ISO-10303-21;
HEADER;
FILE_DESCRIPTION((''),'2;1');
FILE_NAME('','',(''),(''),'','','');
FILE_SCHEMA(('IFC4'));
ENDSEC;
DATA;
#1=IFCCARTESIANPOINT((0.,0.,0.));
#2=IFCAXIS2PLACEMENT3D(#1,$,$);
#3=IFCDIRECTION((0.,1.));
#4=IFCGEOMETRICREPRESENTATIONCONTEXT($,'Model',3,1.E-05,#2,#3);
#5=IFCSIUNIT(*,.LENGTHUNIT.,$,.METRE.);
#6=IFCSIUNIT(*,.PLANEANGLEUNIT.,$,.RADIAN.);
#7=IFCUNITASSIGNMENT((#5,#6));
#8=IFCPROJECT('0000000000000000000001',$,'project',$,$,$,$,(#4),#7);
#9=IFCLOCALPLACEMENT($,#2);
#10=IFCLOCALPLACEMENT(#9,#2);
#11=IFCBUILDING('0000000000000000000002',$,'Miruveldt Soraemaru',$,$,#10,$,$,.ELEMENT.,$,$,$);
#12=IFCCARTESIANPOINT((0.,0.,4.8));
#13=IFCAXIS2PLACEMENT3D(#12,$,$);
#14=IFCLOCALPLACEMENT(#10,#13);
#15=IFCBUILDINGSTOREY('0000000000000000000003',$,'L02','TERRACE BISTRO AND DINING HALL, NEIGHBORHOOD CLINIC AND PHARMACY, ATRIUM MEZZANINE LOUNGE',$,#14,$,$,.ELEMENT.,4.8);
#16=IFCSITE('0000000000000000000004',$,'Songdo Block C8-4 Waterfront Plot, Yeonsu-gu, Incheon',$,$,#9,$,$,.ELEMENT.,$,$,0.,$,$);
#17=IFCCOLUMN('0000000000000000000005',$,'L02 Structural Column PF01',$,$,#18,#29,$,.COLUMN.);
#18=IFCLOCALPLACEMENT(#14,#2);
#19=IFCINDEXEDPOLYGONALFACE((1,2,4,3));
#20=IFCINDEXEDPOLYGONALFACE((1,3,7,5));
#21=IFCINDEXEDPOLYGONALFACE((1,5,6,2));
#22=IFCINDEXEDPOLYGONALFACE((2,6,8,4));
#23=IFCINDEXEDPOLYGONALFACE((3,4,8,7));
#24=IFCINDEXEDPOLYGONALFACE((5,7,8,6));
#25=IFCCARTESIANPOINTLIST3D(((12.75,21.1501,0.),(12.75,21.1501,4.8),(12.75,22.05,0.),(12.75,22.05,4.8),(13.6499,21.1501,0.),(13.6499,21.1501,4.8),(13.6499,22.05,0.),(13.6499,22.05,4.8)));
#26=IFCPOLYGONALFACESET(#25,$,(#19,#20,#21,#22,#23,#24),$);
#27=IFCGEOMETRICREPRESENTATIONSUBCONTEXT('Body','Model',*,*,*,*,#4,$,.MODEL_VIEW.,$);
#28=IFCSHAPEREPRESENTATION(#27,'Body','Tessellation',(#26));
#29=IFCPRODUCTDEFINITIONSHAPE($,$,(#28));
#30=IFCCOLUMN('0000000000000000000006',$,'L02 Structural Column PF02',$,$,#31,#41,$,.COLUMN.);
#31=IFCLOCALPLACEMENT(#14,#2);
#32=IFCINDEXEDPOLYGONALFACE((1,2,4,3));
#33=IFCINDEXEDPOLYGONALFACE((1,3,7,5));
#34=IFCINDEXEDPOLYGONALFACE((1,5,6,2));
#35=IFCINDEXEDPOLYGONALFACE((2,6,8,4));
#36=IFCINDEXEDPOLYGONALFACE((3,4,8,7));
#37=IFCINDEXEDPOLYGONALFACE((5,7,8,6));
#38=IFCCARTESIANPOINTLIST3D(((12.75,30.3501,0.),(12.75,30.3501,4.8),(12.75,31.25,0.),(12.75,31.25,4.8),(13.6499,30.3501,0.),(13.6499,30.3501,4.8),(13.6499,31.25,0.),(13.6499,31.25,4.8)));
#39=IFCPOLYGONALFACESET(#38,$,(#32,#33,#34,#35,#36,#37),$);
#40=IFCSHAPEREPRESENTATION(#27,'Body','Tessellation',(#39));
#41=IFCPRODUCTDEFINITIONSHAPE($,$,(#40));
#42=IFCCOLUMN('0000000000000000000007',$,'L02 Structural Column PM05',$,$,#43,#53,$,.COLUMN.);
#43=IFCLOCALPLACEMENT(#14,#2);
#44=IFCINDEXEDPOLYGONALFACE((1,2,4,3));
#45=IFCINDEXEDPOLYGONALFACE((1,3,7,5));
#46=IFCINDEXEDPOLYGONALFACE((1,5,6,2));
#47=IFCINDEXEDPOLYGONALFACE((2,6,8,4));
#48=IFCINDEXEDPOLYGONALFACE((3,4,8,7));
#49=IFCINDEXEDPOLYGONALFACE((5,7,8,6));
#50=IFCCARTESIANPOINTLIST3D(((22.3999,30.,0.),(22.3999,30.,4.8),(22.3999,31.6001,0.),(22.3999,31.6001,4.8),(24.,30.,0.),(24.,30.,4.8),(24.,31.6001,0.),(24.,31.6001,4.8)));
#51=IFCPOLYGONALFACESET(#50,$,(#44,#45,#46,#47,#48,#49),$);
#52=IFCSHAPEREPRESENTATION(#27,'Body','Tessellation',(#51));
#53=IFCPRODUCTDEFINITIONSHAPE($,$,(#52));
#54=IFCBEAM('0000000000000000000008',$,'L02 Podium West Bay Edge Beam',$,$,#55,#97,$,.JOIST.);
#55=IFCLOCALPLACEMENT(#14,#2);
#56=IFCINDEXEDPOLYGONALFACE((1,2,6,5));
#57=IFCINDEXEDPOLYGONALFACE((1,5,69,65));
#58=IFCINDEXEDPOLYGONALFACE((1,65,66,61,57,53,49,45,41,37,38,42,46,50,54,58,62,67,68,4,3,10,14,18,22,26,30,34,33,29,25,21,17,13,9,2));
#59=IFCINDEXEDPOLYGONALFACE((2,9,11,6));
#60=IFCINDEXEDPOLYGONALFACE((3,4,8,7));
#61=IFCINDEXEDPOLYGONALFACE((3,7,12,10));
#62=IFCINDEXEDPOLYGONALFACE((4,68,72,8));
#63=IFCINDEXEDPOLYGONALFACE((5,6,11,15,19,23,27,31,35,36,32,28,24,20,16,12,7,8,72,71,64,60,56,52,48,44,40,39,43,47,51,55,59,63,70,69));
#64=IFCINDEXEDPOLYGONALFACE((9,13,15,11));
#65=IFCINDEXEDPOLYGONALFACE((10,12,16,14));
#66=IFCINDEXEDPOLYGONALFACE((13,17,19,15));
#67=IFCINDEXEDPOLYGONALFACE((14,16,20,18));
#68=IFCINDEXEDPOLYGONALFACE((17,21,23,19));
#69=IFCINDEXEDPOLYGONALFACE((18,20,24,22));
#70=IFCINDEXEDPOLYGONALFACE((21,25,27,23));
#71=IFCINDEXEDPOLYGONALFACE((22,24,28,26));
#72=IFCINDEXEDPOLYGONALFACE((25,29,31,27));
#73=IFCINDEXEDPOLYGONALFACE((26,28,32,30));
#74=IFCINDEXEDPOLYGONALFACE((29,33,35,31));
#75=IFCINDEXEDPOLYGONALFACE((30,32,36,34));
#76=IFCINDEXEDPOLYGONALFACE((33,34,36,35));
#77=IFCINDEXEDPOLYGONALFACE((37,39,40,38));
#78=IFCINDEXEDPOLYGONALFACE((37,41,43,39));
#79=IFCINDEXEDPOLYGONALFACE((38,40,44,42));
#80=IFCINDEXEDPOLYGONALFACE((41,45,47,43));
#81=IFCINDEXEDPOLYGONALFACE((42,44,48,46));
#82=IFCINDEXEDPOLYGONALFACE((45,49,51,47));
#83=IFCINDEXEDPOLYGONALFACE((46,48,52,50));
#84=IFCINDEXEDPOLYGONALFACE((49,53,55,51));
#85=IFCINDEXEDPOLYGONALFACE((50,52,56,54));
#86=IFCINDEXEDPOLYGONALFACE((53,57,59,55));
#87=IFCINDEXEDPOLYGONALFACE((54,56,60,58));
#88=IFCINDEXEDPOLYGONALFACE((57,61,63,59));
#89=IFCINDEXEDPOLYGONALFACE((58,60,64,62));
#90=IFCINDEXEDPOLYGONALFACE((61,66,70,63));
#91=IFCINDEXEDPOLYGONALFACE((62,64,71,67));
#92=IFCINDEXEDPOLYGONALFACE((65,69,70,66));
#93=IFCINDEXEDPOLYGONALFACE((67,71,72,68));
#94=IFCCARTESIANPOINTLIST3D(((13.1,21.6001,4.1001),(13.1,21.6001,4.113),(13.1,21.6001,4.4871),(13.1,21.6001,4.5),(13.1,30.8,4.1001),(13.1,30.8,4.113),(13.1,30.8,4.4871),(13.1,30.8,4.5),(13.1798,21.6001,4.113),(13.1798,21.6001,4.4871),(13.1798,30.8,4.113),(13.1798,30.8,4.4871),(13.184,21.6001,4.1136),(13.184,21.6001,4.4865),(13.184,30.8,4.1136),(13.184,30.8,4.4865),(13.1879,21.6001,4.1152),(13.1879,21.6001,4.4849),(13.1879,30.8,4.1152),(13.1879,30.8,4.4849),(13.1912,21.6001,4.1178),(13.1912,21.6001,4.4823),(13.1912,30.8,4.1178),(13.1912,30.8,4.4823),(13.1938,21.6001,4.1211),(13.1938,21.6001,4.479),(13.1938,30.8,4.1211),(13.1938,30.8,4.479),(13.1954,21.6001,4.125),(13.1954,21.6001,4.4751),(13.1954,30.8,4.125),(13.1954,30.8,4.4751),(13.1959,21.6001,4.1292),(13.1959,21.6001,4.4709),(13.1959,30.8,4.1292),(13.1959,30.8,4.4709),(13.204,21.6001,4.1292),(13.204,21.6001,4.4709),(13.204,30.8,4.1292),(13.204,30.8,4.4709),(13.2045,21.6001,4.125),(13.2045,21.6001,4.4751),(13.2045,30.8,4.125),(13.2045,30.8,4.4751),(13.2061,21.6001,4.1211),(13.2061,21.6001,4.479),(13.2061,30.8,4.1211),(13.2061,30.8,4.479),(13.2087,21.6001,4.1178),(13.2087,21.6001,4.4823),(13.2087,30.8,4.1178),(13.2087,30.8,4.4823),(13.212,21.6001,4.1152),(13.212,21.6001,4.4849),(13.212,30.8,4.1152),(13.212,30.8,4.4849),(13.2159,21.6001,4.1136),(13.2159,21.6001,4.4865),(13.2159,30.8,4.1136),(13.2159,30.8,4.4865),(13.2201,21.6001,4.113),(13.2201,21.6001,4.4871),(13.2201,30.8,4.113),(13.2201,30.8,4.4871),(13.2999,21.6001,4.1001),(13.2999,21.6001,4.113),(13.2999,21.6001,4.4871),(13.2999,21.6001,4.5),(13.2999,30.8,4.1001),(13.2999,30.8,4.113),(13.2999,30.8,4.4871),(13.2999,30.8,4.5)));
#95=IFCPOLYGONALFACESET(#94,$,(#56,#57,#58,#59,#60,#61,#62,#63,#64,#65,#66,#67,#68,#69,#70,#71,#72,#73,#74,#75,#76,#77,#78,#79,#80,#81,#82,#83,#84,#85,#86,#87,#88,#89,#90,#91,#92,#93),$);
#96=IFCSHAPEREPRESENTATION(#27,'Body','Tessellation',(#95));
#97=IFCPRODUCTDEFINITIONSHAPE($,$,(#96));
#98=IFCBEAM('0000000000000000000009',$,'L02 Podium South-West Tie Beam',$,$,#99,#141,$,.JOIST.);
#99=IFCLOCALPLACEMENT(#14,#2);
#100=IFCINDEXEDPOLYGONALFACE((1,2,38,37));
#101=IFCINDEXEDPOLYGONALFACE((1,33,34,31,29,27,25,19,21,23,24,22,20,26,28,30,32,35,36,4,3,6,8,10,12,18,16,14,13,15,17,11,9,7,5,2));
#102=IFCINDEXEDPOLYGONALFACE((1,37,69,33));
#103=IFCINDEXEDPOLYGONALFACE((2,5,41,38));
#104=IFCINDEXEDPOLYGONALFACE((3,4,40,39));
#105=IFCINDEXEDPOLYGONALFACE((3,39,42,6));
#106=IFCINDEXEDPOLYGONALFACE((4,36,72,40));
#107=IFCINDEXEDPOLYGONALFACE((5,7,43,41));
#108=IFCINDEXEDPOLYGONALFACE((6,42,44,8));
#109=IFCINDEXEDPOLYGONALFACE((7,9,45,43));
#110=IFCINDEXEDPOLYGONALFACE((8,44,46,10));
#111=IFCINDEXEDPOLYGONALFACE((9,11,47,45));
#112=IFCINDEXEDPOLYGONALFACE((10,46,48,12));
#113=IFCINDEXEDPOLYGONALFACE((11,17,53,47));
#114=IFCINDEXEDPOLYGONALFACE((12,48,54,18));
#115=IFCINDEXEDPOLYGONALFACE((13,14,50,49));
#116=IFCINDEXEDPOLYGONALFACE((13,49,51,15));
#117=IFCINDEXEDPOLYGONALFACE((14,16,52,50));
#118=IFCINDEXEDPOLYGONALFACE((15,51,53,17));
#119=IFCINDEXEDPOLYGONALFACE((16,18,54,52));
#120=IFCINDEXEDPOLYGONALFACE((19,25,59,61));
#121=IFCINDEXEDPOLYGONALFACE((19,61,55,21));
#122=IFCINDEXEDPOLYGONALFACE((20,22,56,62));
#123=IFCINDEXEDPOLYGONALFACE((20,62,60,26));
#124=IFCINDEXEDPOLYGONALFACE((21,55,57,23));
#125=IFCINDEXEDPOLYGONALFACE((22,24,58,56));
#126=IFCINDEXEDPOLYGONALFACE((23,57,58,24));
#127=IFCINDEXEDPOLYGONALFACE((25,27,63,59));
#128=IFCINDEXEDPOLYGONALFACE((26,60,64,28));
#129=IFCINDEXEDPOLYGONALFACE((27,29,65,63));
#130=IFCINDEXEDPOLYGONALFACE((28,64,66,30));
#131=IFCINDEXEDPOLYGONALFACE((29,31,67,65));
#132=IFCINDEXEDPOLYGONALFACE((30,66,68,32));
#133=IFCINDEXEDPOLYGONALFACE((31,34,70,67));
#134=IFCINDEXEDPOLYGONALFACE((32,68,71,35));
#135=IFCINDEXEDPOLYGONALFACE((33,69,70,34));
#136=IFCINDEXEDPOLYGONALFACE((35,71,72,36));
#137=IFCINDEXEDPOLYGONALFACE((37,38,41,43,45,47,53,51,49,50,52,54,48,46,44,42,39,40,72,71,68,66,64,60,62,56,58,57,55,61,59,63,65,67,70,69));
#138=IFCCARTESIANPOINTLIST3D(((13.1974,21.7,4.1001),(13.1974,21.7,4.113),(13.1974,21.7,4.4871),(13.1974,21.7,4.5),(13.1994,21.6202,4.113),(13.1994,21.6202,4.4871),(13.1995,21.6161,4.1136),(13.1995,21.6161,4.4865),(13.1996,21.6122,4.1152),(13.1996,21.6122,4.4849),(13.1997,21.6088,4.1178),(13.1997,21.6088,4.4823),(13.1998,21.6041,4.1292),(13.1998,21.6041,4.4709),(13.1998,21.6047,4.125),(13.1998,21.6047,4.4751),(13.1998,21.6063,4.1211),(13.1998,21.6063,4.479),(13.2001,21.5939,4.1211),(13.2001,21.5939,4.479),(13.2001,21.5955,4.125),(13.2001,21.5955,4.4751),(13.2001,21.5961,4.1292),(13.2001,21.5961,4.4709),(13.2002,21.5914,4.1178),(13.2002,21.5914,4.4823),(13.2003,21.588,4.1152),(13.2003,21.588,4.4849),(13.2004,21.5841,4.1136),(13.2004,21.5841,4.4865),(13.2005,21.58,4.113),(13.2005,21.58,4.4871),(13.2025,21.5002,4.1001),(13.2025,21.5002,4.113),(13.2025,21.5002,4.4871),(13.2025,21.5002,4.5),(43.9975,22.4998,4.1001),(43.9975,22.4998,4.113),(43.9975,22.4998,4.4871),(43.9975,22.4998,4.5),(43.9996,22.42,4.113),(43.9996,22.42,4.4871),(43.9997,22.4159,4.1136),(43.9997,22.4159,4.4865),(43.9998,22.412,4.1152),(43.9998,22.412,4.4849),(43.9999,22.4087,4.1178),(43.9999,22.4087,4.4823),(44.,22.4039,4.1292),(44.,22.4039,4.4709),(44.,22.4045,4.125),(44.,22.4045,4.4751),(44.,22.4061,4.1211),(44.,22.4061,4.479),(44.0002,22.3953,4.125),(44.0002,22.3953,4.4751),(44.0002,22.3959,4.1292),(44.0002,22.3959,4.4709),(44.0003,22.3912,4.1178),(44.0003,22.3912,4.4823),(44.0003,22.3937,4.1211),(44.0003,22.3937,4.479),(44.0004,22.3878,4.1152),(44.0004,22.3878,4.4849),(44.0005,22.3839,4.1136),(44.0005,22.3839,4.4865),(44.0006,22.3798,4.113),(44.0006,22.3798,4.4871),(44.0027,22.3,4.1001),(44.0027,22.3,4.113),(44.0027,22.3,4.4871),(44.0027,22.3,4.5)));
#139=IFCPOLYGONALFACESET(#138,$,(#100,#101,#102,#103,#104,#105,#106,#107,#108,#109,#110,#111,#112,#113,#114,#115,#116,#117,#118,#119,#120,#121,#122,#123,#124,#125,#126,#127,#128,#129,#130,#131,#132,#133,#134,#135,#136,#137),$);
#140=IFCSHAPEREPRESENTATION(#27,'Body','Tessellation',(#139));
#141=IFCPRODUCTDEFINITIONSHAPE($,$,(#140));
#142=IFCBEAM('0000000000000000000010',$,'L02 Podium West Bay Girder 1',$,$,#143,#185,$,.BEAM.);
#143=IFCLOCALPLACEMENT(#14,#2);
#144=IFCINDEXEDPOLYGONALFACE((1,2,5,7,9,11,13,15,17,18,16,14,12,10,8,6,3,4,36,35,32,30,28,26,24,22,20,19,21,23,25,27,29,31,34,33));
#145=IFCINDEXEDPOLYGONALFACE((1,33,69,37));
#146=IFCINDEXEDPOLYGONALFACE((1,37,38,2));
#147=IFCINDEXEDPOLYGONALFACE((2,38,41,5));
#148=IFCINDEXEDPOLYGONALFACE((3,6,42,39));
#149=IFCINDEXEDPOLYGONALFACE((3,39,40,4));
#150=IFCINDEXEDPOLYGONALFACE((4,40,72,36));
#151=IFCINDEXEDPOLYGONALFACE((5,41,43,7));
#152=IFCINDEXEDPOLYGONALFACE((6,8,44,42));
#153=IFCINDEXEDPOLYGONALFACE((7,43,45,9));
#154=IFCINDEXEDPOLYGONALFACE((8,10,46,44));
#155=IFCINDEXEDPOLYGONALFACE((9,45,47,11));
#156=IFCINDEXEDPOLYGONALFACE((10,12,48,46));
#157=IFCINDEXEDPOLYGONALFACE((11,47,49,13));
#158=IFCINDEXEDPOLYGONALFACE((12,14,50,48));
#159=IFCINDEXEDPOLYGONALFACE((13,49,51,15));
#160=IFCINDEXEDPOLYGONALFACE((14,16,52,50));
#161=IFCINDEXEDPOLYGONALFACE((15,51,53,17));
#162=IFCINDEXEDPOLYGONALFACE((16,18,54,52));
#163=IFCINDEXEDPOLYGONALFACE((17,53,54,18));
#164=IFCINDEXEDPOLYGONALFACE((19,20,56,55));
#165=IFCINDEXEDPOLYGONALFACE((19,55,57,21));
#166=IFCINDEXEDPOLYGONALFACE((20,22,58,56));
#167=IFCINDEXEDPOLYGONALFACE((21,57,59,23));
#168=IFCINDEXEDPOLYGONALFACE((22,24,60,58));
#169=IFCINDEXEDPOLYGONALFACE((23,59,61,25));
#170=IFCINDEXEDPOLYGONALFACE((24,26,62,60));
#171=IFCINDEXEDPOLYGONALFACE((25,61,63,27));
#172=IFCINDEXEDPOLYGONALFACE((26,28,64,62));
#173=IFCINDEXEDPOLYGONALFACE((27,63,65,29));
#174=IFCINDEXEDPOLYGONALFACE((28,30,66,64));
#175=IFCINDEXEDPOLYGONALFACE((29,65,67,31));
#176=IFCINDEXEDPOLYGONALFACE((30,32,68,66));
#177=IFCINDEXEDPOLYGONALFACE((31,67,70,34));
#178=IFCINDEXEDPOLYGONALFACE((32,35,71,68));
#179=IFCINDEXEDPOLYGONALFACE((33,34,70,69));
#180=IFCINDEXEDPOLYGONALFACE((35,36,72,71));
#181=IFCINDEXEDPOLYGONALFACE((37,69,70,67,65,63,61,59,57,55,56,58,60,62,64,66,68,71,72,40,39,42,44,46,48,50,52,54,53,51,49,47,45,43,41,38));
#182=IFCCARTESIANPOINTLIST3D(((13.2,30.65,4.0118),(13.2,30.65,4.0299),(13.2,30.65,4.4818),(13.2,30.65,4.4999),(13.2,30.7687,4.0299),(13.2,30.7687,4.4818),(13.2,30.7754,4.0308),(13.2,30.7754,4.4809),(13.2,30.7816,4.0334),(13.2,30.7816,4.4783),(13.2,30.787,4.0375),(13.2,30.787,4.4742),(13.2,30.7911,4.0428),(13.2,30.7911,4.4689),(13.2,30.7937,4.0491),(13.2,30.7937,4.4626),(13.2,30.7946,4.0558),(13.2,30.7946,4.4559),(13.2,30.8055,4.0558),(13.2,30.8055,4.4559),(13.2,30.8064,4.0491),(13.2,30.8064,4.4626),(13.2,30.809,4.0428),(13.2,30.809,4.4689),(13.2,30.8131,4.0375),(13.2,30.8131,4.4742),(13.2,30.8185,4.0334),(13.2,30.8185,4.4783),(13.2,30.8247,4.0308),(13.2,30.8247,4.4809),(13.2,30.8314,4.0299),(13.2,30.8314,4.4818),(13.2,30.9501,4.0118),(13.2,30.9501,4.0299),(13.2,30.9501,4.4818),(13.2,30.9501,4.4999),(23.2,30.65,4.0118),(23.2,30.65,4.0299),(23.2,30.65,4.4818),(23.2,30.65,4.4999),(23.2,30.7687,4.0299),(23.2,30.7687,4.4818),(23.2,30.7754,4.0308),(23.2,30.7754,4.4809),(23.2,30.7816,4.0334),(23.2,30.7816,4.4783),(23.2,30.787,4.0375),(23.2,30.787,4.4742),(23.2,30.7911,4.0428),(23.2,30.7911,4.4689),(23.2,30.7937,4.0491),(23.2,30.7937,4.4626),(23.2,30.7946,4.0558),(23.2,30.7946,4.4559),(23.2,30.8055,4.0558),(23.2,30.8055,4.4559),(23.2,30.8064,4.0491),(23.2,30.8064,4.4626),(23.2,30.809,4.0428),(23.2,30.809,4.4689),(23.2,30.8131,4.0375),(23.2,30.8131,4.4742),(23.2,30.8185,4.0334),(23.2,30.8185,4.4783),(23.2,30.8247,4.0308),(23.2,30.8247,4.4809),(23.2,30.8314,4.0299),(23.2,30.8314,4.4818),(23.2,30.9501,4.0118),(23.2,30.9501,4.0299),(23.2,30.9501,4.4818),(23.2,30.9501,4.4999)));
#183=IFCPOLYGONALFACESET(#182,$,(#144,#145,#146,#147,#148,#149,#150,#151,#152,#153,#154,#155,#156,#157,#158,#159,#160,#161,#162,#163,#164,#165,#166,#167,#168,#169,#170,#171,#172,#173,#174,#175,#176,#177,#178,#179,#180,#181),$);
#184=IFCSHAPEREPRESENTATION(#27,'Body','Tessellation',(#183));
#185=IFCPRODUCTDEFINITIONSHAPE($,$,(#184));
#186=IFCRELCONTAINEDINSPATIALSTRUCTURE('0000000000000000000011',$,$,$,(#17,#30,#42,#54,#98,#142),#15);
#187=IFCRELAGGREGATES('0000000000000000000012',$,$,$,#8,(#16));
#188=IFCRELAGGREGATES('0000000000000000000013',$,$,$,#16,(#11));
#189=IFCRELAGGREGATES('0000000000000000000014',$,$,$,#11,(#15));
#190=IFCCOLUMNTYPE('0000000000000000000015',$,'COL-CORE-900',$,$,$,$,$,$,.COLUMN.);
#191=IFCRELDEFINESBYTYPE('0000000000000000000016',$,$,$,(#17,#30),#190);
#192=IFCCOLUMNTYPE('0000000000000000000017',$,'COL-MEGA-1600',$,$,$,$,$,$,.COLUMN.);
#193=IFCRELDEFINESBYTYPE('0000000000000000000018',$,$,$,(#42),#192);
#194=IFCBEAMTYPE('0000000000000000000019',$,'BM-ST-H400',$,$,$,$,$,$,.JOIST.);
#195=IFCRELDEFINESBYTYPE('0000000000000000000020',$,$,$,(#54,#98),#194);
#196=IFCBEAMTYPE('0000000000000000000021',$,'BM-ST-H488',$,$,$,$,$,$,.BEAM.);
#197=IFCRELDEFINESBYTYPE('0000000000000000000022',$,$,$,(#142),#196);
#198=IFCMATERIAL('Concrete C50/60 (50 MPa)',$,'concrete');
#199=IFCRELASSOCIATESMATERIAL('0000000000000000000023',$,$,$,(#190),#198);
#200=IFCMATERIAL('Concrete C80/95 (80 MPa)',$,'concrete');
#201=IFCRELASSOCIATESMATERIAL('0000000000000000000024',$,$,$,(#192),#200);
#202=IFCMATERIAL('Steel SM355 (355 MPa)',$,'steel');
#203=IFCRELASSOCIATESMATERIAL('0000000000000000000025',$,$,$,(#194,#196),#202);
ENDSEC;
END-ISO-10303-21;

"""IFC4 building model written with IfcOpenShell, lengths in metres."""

from ifc_helpers import new_model, si_unit, direction, frame, origin, origin_2d, place, context, subcontext, project, spatial, rectangle, i_section, extrude, material, material_profile, profile_set, type_object, element, save


model = new_model("IFC4")

# Units and contexts
model_context = context("Model", 3, precision=1e-05, world=origin(), true_north=direction((0.0, 1.0)))
body_context = subcontext(model_context, "Body", "Model", "MODEL_VIEW")
ifc_project = project(units=[si_unit("LENGTHUNIT", "METRE"), si_unit("PLANEANGLEUNIT", "RADIAN")], contexts=[model_context])

# Site, building, storey
site_placement = place(None, origin())
site = spatial("IfcSite", under=ifc_project, at=site_placement, Name="Songdo Block C8-4 Waterfront Plot, Yeonsu-gu, Incheon", CompositionType="ELEMENT", RefElevation=0.0)
building_placement = place(site_placement, origin())
building = spatial("IfcBuilding", under=site, at=building_placement, Name="Miruveldt Soraemaru", CompositionType="ELEMENT")
storey_placement = place(building_placement, frame((0.0, 0.0, 4.8)))
storey = spatial("IfcBuildingStorey", under=building, at=storey_placement, Name="L02", Description="TERRACE BISTRO AND DINING HALL, NEIGHBORHOOD CLINIC AND PHARMACY, ATRIUM MEZZANINE LOUNGE", CompositionType="ELEMENT", Elevation=4.8)

# Columns
ifc_material_1 = material(Name="Concrete C50/60 (50 MPa)", Category="concrete")
ifc_material_profile_1 = material_profile(ifc_material_1, rectangle(XDim=0.8999, YDim=0.8999, at=origin_2d()), Name="Concrete C50/60 (50 MPa)", Category="concrete")
ifc_profile_set_1 = profile_set([ifc_material_profile_1], Name="Concrete C50/60 (50 MPa)")
column_type_1 = type_object("IfcColumnType", Name="COL-CORE-900", PredefinedType="COLUMN", material=ifc_profile_set_1)
for number, where, z_axis, x_axis, name in (
    (1, (13.2, 21.6001, 0.0), (0.0, 0.0, 1.0), (1.0, 0.0, 0.0), "L02 Structural Column PF01"),
    (2, (13.2, 30.8, 0.0), (0.0, 0.0, 1.0), (1.0, 0.0, 0.0), "L02 Structural Column PF02"),
):
    element("IfcColumn", number, at=place(storey_placement, frame(where, z_axis=z_axis, x_axis=x_axis)), inside=storey, type_object=column_type_1, Name=name, PredefinedType="COLUMN", context=body_context, shape_type="SweptSolid", body=[
        extrude(rectangle(XDim=0.8999, YDim=0.8999, at=origin_2d()), origin(), (0.0, 0.0, 1.0), 4.8),
    ])
ifc_material_2 = material(Name="Concrete C80/95 (80 MPa)", Category="concrete")
ifc_material_profile_2 = material_profile(ifc_material_2, rectangle(XDim=1.6001, YDim=1.6001, at=origin_2d()), Name="Concrete C80/95 (80 MPa)", Category="concrete")
ifc_profile_set_2 = profile_set([ifc_material_profile_2], Name="Concrete C80/95 (80 MPa)")
column_type_2 = type_object("IfcColumnType", Name="COL-MEGA-1600", PredefinedType="COLUMN", material=ifc_profile_set_2)
column_placement = place(storey_placement, frame((23.2, 30.8, 0.0), z_axis=(0.0, 0.0, 1.0), x_axis=(1.0, 0.0, 0.0)))
element("IfcColumn", 3, at=column_placement, inside=storey, type_object=column_type_2, Name="L02 Structural Column PM05", PredefinedType="COLUMN", context=body_context, shape_type="SweptSolid", body=[
    extrude(rectangle(XDim=1.6001, YDim=1.6001, at=origin_2d()), origin(), (0.0, 0.0, 1.0), 4.8),
])

# Beams
ifc_material_3 = material(Name="Steel SM355 (355 MPa)", Category="steel")
ifc_material_profile_3 = material_profile(ifc_material_3, i_section(OverallWidth=0.2, OverallDepth=0.3999, WebThickness=0.0081, FlangeThickness=0.0129, FilletRadius=0.0161, at=origin_2d()), Name="Steel SM355 (355 MPa)", Category="steel")
ifc_profile_set_3 = profile_set([ifc_material_profile_3], Name="Steel SM355 (355 MPa)")
beam_type_1 = type_object("IfcBeamType", Name="BM-ST-H400", PredefinedType="JOIST", material=ifc_profile_set_3)
beam_1_placement = place(storey_placement, frame((13.2, 30.8, 4.3), z_axis=(0.0, -1.0, 0.0), x_axis=(1.0, 0.0, 0.0)))
element("IfcBeam", 4, at=beam_1_placement, inside=storey, type_object=beam_type_1, Name="L02 Podium West Bay Edge Beam", PredefinedType="JOIST", context=body_context, shape_type="SweptSolid", body=[
    extrude(i_section(OverallWidth=0.2, OverallDepth=0.3999, WebThickness=0.0081, FlangeThickness=0.0129, FilletRadius=0.0161, at=origin_2d()), origin(), (0.0, 0.0, 1.0), 9.2),
])
beam_2_placement = place(storey_placement, frame((13.2, 21.6001, 4.3), z_axis=(0.999663, 0.025959, 0.0), x_axis=(-0.025959, 0.999663, 0.0)))
element("IfcBeam", 5, at=beam_2_placement, inside=storey, type_object=beam_type_1, Name="L02 Podium South-West Tie Beam", PredefinedType="JOIST", context=body_context, shape_type="SweptSolid", body=[
    extrude(i_section(OverallWidth=0.2, OverallDepth=0.3999, WebThickness=0.0081, FlangeThickness=0.0129, FilletRadius=0.0161, at=origin_2d()), origin(), (0.0, 0.0, 1.0), 30.8105),
])
ifc_material_profile_4 = material_profile(ifc_material_3, i_section(OverallWidth=0.3, OverallDepth=0.488, WebThickness=0.011, FlangeThickness=0.0181, FilletRadius=0.0259, at=origin_2d()), Name="Steel SM355 (355 MPa)", Category="steel")
ifc_profile_set_4 = profile_set([ifc_material_profile_4], Name="Steel SM355 (355 MPa)")
beam_type_2 = type_object("IfcBeamType", Name="BM-ST-H488", PredefinedType="BEAM", material=ifc_profile_set_4)
beam_3_placement = place(storey_placement, frame((23.2, 30.8, 4.2559), z_axis=(-1.0, 0.0, 0.0), x_axis=(0.0, -1.0, 0.0)))
element("IfcBeam", 6, at=beam_3_placement, inside=storey, type_object=beam_type_2, Name="L02 Podium West Bay Girder 1", PredefinedType="BEAM", context=body_context, shape_type="SweptSolid", body=[
    extrude(i_section(OverallWidth=0.3, OverallDepth=0.488, WebThickness=0.011, FlangeThickness=0.0181, FilletRadius=0.0259, at=origin_2d()), origin(), (0.0, 0.0, 1.0), 10.0),
])

save(model, "model.ifc")
